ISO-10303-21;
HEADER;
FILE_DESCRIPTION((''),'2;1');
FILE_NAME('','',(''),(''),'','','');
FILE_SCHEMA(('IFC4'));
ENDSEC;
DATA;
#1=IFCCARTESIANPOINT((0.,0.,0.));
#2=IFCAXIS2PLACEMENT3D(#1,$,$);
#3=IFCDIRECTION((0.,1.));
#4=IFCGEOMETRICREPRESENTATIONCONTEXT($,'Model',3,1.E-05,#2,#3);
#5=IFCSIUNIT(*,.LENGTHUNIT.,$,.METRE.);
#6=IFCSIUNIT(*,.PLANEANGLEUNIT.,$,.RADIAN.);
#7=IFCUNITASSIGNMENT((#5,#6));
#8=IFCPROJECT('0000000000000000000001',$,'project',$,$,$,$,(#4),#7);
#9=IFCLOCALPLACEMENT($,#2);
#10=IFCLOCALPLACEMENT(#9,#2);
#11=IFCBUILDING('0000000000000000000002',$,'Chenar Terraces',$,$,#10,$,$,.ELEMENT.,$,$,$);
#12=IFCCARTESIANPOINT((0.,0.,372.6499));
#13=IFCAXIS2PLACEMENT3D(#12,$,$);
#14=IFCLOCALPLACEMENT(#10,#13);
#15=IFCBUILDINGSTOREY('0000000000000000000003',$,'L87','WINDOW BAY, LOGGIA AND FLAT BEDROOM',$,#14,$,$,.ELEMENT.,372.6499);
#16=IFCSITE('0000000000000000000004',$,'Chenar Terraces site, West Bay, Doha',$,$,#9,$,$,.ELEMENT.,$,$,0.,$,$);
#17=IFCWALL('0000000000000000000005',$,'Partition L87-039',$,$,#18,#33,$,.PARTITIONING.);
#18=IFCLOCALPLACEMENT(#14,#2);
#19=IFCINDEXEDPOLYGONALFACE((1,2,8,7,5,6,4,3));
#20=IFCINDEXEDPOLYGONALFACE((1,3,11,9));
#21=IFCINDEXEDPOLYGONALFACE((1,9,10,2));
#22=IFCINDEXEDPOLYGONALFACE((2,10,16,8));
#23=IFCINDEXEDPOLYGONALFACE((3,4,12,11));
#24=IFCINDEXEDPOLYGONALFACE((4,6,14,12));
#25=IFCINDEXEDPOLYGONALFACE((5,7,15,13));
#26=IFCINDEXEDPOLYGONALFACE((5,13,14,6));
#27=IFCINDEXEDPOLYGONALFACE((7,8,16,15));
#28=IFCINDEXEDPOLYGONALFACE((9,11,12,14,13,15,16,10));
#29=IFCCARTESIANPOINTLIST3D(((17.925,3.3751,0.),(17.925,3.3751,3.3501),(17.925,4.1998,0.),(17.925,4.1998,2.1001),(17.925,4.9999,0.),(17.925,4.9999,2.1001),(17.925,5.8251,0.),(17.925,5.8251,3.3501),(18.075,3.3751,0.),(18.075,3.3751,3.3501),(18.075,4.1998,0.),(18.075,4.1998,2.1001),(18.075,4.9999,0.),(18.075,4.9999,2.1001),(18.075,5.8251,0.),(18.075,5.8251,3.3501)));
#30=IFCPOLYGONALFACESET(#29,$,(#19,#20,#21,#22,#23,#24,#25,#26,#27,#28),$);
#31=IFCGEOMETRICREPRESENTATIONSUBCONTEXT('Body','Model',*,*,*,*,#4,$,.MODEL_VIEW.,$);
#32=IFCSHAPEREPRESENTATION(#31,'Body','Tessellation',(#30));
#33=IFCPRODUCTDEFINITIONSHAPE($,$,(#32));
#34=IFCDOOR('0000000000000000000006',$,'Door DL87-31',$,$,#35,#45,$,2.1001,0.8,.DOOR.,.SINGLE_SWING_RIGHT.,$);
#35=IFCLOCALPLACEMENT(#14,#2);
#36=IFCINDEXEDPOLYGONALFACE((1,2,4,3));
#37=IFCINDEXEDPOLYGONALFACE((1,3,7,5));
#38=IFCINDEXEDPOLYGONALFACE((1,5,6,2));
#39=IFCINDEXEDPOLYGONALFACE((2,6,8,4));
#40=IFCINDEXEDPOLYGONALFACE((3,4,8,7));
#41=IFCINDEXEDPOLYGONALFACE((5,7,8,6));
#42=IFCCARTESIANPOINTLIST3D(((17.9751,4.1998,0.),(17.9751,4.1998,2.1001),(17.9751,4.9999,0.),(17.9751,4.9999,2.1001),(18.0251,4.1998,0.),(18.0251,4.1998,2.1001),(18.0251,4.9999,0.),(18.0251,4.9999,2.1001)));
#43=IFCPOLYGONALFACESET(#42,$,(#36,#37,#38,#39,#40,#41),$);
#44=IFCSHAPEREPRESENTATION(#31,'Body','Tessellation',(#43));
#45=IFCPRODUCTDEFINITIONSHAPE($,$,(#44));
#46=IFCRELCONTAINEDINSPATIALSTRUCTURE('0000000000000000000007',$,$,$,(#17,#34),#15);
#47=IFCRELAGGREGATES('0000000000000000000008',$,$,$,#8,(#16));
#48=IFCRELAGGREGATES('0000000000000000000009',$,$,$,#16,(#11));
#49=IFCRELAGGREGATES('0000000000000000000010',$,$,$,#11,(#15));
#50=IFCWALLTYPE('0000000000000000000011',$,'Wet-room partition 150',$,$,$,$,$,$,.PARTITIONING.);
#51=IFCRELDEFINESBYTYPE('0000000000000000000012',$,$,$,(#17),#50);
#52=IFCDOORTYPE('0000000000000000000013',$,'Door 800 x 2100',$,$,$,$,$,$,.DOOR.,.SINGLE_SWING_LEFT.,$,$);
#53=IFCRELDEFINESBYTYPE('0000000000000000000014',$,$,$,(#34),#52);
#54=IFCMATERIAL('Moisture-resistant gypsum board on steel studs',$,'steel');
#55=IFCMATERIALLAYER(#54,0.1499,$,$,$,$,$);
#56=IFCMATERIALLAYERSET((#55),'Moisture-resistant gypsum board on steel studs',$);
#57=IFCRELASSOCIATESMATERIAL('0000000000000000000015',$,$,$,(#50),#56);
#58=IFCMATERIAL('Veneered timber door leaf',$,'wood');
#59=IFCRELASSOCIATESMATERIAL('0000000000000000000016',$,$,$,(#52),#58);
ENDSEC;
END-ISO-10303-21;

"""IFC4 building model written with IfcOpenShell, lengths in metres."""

from ifc_helpers import new_model, si_unit, direction, frame, frame_2d, origin, place, context, subcontext, project, spatial, rectangle, extrude, material, layer, layer_set, type_object, element, fill, save


model = new_model("IFC4")

# Units and contexts
model_context = context("Model", 3, precision=1e-05, world=origin(), true_north=direction((0.0, 1.0)))
body_context = subcontext(model_context, "Body", "Model", "MODEL_VIEW")
ifc_project = project(units=[si_unit("LENGTHUNIT", "METRE"), si_unit("PLANEANGLEUNIT", "RADIAN")], contexts=[model_context])

# Site, building, storey
site_placement = place(None, origin())
site = spatial("IfcSite", under=ifc_project, at=site_placement, Name="Chenar Terraces site, West Bay, Doha", CompositionType="ELEMENT", RefElevation=0.0)
building_placement = place(site_placement, origin())
building = spatial("IfcBuilding", under=site, at=building_placement, Name="Chenar Terraces", CompositionType="ELEMENT")
storey_placement = place(building_placement, frame((0.0, 0.0, 372.6499)))
storey = spatial("IfcBuildingStorey", under=building, at=storey_placement, Name="L87", Description="WINDOW BAY, LOGGIA AND FLAT BEDROOM", CompositionType="ELEMENT", Elevation=372.6499)

# Shared definitions
ifc_material_1 = material(Name="Moisture-resistant gypsum board on steel studs", Category="steel")
ifc_layer_1 = layer(ifc_material_1, 0.1499)
ifc_layer_set_1 = layer_set([ifc_layer_1], Name="Moisture-resistant gypsum board on steel studs")
wall_type_1 = type_object("IfcWallType", Name="Wet-room partition 150", PredefinedType="PARTITIONING", material=ifc_layer_set_1)

# Wall, opening, door
wall_1_placement = place(storey_placement, frame((18.0, 3.375, 0.0), z_axis=(0.0, 0.0, 1.0), x_axis=(0.0, 1.0, 0.0)))
wall_1 = element("IfcWall", 1, at=wall_1_placement, inside=storey, type_object=wall_type_1, Name="Partition L87-039", PredefinedType="PARTITIONING", context=body_context, shape_type="SweptSolid", body=[
    extrude(rectangle(XDim=2.45, YDim=0.1499, at=frame_2d((1.2251, 0.0))), origin(), (0.0, 0.0, 1.0), 3.3501),
])
opening_1_placement = place(wall_1_placement, frame((0.825, 0.0, 0.0)))
opening_1 = element("IfcOpeningElement", 2, at=opening_1_placement, cuts=wall_1, PredefinedType="OPENING", context=body_context, shape_type="SweptSolid", body=[
    extrude(rectangle(XDim=0.8, YDim=2.1001, at=frame_2d((0.3999, 1.05))), frame((0.0, 0.085, 0.0), z_axis=(0.0, -1.0, 0.0), x_axis=(1.0, 0.0, 0.0)), (0.0, 0.0, 1.0), 0.1699),
])
ifc_material_2 = material(Name="Veneered timber door leaf", Category="wood")
door_type_1 = type_object("IfcDoorType", Name="Door 800 x 2100", OperationType="SINGLE_SWING_LEFT", PredefinedType="DOOR", material=ifc_material_2)
door_1_placement = place(opening_1_placement, origin())
door_1 = element("IfcDoor", 3, at=door_1_placement, inside=storey, type_object=door_type_1, Name="Door DL87-31", OperationType="SINGLE_SWING_RIGHT", OverallHeight=2.1001, OverallWidth=0.8, PredefinedType="DOOR", context=body_context, shape_type="SweptSolid", body=[
    extrude(rectangle(XDim=0.8, YDim=2.1001, at=frame_2d((0.3999, 1.05))), frame((0.0, 0.0249, 0.0), z_axis=(0.0, -1.0, 0.0), x_axis=(1.0, 0.0, 0.0)), (0.0, 0.0, 1.0), 0.05),
])
fill(opening_1, door_1)

save(model, "model.ifc")
